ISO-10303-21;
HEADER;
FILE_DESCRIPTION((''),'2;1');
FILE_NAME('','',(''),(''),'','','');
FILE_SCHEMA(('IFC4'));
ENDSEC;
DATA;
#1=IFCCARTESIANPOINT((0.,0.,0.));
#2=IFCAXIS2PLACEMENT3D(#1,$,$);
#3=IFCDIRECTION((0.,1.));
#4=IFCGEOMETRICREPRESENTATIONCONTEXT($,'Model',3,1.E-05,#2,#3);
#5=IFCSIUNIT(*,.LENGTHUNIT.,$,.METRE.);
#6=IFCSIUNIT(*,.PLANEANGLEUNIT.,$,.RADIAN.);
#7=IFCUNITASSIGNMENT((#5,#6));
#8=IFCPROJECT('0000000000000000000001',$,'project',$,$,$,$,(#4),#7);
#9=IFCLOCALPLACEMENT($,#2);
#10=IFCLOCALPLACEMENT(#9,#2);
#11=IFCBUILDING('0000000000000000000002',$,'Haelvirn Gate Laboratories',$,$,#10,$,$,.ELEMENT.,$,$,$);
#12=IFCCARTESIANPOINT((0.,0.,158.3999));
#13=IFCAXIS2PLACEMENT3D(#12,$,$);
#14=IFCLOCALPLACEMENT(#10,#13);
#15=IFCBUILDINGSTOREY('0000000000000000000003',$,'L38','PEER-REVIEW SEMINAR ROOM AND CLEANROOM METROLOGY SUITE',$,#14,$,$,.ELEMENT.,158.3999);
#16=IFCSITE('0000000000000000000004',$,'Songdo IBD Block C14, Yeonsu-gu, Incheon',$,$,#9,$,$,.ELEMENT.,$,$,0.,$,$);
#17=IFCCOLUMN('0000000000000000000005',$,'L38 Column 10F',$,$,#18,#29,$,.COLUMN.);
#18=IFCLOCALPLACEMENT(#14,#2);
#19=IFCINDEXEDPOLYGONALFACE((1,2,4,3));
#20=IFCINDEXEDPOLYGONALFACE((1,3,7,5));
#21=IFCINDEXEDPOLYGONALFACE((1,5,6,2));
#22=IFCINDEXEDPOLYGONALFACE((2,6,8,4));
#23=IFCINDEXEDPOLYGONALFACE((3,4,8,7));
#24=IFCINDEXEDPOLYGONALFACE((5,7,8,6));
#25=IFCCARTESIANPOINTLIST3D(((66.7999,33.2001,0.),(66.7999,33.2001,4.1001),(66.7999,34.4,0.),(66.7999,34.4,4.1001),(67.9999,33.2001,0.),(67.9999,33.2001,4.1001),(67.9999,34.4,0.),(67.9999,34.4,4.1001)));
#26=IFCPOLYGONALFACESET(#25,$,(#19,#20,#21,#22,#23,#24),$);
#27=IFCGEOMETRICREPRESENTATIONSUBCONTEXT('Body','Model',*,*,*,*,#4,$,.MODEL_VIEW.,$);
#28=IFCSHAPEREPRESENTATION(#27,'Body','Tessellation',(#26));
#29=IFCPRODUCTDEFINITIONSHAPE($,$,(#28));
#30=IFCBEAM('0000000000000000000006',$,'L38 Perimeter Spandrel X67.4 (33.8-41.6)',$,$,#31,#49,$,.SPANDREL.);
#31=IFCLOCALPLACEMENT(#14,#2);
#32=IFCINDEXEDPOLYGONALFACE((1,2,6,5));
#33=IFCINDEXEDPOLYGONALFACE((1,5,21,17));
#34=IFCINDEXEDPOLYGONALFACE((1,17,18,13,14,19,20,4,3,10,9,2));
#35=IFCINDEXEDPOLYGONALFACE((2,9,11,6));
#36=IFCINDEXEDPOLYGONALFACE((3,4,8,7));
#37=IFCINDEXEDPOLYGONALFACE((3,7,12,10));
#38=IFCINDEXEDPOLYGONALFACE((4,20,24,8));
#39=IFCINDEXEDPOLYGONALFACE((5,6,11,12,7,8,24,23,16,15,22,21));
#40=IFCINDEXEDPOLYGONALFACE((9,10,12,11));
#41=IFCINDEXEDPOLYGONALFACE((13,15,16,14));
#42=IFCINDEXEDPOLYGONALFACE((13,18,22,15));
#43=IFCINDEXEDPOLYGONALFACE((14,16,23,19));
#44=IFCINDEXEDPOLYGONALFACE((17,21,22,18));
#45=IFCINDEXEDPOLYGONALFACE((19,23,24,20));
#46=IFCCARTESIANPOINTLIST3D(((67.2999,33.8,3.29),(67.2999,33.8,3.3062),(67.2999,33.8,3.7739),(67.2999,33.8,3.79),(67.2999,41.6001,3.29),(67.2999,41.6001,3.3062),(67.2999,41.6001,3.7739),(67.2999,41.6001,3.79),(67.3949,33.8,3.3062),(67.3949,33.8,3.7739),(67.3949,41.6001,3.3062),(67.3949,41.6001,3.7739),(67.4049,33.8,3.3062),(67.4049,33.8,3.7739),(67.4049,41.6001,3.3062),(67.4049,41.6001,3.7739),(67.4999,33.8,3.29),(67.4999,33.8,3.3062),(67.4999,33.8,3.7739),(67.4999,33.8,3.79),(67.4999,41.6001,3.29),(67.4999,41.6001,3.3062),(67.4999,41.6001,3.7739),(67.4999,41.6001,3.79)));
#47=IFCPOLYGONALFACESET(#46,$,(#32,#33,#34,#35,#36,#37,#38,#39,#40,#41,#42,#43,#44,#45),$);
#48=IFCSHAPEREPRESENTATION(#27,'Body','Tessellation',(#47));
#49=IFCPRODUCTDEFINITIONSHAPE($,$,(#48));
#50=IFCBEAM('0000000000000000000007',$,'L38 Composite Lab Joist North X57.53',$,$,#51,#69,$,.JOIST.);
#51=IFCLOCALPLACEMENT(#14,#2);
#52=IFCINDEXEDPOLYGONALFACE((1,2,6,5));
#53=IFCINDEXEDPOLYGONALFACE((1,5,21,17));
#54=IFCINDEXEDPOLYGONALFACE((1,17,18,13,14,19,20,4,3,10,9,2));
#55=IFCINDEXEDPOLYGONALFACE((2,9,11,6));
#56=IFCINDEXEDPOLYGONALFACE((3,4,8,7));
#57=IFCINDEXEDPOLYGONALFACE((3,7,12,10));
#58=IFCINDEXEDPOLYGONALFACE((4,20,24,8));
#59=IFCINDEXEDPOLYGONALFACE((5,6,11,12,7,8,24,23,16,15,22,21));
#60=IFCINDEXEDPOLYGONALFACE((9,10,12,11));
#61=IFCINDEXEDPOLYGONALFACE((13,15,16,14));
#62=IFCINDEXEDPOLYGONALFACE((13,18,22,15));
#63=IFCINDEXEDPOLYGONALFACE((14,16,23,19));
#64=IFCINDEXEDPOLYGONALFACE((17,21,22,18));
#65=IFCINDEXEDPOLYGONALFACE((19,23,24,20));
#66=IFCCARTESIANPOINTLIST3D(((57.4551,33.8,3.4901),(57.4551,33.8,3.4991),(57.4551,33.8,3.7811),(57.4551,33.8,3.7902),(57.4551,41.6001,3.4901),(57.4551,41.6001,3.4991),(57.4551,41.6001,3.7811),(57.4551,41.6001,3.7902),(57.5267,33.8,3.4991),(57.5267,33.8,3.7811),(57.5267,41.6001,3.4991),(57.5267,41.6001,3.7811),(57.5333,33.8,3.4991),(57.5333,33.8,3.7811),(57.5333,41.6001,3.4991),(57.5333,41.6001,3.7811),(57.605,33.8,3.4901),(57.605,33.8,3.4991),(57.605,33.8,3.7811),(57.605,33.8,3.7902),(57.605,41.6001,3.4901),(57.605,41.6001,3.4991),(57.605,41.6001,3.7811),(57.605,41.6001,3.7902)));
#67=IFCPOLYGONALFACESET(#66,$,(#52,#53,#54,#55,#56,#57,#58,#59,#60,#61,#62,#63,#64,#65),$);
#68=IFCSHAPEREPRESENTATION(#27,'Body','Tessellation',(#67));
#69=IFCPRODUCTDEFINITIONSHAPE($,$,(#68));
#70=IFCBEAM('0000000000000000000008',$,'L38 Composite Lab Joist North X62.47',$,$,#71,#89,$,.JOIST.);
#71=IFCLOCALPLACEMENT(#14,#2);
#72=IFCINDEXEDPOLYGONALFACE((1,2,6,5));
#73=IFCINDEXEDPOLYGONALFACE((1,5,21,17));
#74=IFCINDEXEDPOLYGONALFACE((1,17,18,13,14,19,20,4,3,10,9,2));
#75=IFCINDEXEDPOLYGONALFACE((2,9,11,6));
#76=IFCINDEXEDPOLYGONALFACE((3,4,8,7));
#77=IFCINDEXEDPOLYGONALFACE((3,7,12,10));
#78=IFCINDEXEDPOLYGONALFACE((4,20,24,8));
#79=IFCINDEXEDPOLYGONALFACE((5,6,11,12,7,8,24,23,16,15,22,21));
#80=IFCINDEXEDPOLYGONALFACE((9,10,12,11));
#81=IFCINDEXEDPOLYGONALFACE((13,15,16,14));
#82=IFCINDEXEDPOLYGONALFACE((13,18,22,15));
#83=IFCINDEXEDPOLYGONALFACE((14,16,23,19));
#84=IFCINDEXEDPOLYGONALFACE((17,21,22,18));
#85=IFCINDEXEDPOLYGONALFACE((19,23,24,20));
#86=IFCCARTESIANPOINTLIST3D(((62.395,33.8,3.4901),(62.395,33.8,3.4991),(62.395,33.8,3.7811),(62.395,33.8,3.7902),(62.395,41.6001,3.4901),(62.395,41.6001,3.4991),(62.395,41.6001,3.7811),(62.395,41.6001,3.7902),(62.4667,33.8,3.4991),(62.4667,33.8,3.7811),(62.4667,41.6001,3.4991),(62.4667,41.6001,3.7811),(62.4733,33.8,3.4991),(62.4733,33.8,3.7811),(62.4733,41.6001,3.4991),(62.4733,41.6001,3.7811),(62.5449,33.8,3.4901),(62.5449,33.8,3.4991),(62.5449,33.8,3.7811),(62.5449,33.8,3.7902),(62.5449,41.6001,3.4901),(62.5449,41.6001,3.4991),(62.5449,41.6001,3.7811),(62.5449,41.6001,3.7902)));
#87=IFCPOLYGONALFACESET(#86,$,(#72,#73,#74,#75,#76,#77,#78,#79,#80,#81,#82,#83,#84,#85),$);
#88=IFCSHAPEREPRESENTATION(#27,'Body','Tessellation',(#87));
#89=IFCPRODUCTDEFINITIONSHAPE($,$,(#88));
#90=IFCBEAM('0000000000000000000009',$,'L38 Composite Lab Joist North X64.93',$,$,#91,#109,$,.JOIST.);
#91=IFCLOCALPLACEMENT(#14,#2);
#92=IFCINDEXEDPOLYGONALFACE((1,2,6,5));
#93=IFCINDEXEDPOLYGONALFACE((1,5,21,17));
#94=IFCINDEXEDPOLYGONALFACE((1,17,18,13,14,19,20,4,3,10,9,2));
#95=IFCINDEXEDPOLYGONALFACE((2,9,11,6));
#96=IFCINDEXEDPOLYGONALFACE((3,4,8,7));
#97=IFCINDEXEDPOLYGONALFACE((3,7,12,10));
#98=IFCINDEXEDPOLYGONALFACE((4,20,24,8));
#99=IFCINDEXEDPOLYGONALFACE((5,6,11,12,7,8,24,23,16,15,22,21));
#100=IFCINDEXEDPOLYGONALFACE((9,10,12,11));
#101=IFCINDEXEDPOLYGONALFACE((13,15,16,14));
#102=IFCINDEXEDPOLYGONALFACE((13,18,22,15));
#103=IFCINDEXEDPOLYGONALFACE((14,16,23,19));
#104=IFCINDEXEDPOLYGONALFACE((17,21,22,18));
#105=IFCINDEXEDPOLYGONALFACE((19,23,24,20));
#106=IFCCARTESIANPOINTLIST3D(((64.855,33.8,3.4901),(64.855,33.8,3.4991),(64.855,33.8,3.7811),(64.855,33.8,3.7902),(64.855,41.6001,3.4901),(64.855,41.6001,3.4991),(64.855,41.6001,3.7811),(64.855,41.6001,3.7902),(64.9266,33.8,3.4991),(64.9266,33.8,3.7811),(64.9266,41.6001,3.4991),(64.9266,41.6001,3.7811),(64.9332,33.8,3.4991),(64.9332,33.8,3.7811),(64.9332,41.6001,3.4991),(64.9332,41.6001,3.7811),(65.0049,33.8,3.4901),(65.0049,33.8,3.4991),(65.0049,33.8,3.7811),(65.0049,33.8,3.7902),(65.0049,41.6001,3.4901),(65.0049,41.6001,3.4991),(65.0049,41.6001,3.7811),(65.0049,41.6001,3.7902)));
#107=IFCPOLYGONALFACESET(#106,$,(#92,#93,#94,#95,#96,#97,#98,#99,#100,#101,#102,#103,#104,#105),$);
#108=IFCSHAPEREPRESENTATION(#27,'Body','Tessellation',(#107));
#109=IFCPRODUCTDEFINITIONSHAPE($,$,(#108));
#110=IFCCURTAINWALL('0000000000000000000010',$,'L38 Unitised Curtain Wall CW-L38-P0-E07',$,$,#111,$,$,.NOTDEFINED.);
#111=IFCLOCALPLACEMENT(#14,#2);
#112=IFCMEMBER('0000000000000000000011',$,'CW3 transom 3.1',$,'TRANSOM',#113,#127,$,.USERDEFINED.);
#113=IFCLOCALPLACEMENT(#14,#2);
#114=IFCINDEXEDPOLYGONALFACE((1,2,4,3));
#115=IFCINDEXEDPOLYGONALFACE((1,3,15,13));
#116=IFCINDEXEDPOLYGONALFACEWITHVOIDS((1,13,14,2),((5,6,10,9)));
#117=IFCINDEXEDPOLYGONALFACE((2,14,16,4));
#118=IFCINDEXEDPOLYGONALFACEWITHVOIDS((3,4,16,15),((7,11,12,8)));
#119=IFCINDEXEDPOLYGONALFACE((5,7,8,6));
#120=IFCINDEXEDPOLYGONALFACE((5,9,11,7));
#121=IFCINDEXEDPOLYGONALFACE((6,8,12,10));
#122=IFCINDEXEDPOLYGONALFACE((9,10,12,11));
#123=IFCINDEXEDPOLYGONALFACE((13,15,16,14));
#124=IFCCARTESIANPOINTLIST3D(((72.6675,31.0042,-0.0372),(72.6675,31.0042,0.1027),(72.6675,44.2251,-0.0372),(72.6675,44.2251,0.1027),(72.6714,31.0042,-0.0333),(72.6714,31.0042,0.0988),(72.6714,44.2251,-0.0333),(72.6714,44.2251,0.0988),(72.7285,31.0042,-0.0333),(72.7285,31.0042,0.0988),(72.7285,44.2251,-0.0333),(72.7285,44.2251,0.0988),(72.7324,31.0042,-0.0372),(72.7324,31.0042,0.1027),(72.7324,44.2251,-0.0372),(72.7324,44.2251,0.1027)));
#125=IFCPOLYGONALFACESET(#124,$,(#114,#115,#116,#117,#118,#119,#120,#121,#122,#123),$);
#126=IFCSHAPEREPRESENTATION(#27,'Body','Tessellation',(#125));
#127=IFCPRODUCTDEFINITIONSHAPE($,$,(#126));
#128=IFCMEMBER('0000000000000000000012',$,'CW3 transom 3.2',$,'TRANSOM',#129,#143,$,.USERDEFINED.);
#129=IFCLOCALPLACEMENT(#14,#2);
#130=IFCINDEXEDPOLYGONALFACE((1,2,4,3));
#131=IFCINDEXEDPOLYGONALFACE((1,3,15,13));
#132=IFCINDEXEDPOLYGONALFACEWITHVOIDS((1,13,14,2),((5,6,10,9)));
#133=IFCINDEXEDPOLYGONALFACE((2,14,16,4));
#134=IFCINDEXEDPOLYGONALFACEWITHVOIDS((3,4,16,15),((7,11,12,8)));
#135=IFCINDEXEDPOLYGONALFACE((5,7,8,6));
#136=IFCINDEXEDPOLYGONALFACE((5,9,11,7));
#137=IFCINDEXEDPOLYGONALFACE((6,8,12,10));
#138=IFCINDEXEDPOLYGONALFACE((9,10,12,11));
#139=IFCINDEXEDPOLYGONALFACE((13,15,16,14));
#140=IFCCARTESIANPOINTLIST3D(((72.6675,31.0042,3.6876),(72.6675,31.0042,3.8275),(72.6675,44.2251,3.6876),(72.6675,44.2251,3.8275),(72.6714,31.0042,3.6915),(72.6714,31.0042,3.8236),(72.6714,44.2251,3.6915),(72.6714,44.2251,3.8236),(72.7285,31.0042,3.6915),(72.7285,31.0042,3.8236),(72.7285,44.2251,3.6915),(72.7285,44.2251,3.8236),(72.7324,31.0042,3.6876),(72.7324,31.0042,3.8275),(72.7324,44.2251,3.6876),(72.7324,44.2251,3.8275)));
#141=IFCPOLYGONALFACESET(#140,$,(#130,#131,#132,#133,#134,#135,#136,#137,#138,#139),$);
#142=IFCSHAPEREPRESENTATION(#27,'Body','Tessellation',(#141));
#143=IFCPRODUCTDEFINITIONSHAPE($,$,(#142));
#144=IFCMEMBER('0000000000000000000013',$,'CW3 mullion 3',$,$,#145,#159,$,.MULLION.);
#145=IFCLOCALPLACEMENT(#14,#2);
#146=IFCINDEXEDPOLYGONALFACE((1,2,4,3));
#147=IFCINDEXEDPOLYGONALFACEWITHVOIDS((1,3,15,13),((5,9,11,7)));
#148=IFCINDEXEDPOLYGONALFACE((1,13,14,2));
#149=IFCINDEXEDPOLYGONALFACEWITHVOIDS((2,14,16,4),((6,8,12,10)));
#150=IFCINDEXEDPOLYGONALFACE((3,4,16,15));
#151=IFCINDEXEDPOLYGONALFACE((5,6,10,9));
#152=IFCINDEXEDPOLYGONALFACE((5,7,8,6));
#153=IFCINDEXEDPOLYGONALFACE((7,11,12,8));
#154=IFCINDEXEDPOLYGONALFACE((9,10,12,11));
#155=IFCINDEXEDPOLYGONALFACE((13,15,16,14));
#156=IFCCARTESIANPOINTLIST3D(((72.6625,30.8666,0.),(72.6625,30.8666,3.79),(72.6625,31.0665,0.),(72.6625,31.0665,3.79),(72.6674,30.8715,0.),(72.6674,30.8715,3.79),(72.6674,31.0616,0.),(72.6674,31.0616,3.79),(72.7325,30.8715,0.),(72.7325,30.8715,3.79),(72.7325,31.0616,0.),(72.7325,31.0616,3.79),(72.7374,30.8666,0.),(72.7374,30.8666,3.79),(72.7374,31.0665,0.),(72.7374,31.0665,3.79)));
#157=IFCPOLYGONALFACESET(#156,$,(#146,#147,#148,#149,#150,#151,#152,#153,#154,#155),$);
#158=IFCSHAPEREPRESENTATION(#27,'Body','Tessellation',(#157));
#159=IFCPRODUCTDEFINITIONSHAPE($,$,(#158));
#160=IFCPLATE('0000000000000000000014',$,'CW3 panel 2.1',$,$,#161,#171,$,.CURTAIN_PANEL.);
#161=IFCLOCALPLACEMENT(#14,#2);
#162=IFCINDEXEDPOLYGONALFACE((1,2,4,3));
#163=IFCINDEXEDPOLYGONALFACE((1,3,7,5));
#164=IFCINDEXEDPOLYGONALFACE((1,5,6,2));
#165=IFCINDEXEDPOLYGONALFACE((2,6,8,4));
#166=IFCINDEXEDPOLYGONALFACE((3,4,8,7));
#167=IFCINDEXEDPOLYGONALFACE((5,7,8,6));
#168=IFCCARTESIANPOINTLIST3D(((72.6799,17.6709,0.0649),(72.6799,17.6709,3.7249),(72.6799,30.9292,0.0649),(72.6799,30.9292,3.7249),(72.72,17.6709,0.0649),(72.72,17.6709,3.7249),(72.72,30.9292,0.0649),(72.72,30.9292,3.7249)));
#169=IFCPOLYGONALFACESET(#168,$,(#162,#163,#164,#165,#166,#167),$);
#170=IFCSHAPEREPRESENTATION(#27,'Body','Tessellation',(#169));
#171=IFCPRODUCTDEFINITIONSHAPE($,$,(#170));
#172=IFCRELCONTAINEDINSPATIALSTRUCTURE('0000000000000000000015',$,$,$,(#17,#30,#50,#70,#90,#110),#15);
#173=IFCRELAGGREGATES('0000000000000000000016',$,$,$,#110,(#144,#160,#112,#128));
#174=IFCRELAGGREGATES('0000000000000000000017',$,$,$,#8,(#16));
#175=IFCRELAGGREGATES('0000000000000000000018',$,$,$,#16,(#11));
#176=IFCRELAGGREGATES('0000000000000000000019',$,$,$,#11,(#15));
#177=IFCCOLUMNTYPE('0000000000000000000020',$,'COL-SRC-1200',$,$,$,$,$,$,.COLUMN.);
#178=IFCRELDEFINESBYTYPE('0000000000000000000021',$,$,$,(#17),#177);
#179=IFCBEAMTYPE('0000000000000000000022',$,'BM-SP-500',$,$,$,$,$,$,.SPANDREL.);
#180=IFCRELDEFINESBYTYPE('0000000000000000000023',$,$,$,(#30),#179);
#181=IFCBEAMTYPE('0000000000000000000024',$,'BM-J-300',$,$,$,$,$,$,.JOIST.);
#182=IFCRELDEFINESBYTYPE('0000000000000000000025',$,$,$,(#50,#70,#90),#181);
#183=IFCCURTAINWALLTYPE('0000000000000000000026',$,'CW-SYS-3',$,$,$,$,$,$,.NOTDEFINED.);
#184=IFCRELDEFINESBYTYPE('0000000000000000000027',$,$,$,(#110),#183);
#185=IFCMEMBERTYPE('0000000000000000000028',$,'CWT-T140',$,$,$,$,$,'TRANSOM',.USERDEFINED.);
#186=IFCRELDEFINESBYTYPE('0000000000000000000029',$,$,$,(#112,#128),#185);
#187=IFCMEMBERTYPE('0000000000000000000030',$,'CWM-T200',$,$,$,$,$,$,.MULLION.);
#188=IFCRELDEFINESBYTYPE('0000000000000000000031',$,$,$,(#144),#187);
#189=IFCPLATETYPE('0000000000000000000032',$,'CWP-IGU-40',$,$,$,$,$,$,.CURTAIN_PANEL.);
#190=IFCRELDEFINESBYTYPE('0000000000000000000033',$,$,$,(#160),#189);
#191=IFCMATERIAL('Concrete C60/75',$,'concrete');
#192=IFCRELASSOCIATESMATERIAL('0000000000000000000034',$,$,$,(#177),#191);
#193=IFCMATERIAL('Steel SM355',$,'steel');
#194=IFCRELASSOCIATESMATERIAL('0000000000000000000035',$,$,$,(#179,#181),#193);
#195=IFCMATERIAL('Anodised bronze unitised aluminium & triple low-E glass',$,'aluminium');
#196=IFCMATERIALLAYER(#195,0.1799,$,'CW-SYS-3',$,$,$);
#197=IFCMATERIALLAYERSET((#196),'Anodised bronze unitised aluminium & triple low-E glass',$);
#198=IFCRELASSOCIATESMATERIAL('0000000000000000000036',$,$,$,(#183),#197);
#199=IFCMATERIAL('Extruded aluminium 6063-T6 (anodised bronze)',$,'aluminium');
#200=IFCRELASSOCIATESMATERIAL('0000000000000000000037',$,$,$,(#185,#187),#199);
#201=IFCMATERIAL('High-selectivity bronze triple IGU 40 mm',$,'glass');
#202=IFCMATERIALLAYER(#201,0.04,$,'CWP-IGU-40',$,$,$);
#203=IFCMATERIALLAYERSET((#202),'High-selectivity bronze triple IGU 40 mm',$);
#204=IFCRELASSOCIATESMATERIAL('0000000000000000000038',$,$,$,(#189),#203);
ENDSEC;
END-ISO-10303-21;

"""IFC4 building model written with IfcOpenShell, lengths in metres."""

from ifc_helpers import new_model, si_unit, direction, frame, origin, origin_2d, place, context, subcontext, project, spatial, rectangle, hollow_rectangle, i_section, extrude, source, transform, mapped, material, layer, layer_set, material_profile, profile_set, type_object, type_shapes, element, aggregate, save


model = new_model("IFC4")

# Units and contexts
model_context = context("Model", 3, precision=1e-05, world=origin(), true_north=direction((0.0, 1.0)))
body_context = subcontext(model_context, "Body", "Model", "MODEL_VIEW")
ifc_project = project(units=[si_unit("LENGTHUNIT", "METRE"), si_unit("PLANEANGLEUNIT", "RADIAN")], contexts=[model_context])

# Site, building, storey
site_placement = place(None, origin())
site = spatial("IfcSite", under=ifc_project, at=site_placement, Name="Songdo IBD Block C14, Yeonsu-gu, Incheon", CompositionType="ELEMENT", RefElevation=0.0)
building_placement = place(site_placement, origin())
building = spatial("IfcBuilding", under=site, at=building_placement, Name="Haelvirn Gate Laboratories", CompositionType="ELEMENT")
storey_placement = place(building_placement, frame((0.0, 0.0, 158.3999)))
storey = spatial("IfcBuildingStorey", under=building, at=storey_placement, Name="L38", Description="PEER-REVIEW SEMINAR ROOM AND CLEANROOM METROLOGY SUITE", CompositionType="ELEMENT", Elevation=158.3999)

# Column
ifc_material_1 = material(Name="Concrete C60/75", Category="concrete")
ifc_material_profile_1 = material_profile(ifc_material_1, rectangle(XDim=1.2, YDim=1.2, at=origin_2d()), Name="SRC-1200x1200")
ifc_profile_set_1 = profile_set([ifc_material_profile_1], Name="Concrete C60/75")
column_type = type_object("IfcColumnType", Name="COL-SRC-1200", PredefinedType="COLUMN", material=ifc_profile_set_1)
shared_shape_1 = source(origin(), body_context, "Body", "SweptSolid", [
    extrude(rectangle(XDim=1.2, YDim=1.2, at=origin_2d()), origin(), (0.0, 0.0, 1.0), 4.1001),
])
type_shapes(column_type, [shared_shape_1])
column_placement = place(storey_placement, frame((67.3999, 33.8, 0.0), z_axis=(0.0, 0.0, 1.0), x_axis=(1.0, 0.0, 0.0)))
element("IfcColumn", 1, at=column_placement, inside=storey, type_object=column_type, Name="L38 Column 10F", PredefinedType="COLUMN", context=body_context, shape_type="MappedRepresentation", body=[
    mapped(shared_shape_1, transform((0.0, 0.0, 0.0), scale=1.0)),
])

# Beams
ifc_material_2 = material(Name="Steel SM355", Category="steel")
ifc_material_profile_2 = material_profile(ifc_material_2, i_section(OverallWidth=0.2, OverallDepth=0.5, WebThickness=0.01, FlangeThickness=0.0161, at=origin_2d()), Name="H-500x200x10x16")
ifc_profile_set_2 = profile_set([ifc_material_profile_2], Name="Steel SM355")
beam_type_1 = type_object("IfcBeamType", Name="BM-SP-500", PredefinedType="SPANDREL", material=ifc_profile_set_2)
shared_shape_2 = source(origin(), body_context, "Body", "SweptSolid", [
    extrude(i_section(OverallWidth=0.2, OverallDepth=0.5, WebThickness=0.01, FlangeThickness=0.0161, at=origin_2d()), origin(), (0.0, 0.0, 1.0), 7.8),
])
type_shapes(beam_type_1, [shared_shape_2])
beam_placement = place(storey_placement, frame((67.3999, 33.8, 3.54), z_axis=(0.0, 1.0, 0.0), x_axis=(-1.0, 0.0, 0.0)))
element("IfcBeam", 2, at=beam_placement, inside=storey, type_object=beam_type_1, Name="L38 Perimeter Spandrel X67.4 (33.8-41.6)", PredefinedType="SPANDREL", context=body_context, shape_type="MappedRepresentation", body=[
    mapped(shared_shape_2, transform((0.0, 0.0, 0.0), scale=1.0)),
])
ifc_material_profile_3 = material_profile(ifc_material_2, i_section(OverallWidth=0.1499, OverallDepth=0.3, WebThickness=0.0066, FlangeThickness=0.009, at=origin_2d()), Name="H-300x150x6.5x9")
ifc_profile_set_3 = profile_set([ifc_material_profile_3], Name="Steel SM355")
beam_type_2 = type_object("IfcBeamType", Name="BM-J-300", PredefinedType="JOIST", material=ifc_profile_set_3)
shared_shape_3 = source(origin(), body_context, "Body", "SweptSolid", [
    extrude(i_section(OverallWidth=0.1499, OverallDepth=0.3, WebThickness=0.0066, FlangeThickness=0.009, at=origin_2d()), origin(), (0.0, 0.0, 1.0), 7.8),
])
type_shapes(beam_type_2, [shared_shape_3])
for number, where, z_axis, x_axis, name in (
    (3, (57.53, 33.8, 3.6401), (0.0, 1.0, 0.0), (-1.0, 0.0, 0.0), "L38 Composite Lab Joist North X57.53"),
    (4, (62.47, 33.8, 3.6401), (0.0, 1.0, 0.0), (-1.0, 0.0, 0.0), "L38 Composite Lab Joist North X62.47"),
    (5, (64.9299, 33.8, 3.6401), (0.0, 1.0, 0.0), (-1.0, 0.0, 0.0), "L38 Composite Lab Joist North X64.93"),
):
    element("IfcBeam", number, at=place(storey_placement, frame(where, z_axis=z_axis, x_axis=x_axis)), inside=storey, type_object=beam_type_2, Name=name, PredefinedType="JOIST", context=body_context, shape_type="MappedRepresentation", body=[
        mapped(shared_shape_3, transform((0.0, 0.0, 0.0), scale=1.0)),
    ])

# Curtain wall, members, plate
ifc_material_3 = material(Name="Anodised bronze unitised aluminium & triple low-E glass", Category="aluminium")
ifc_layer_1 = layer(ifc_material_3, 0.1799, Name="CW-SYS-3")
ifc_layer_set_1 = layer_set([ifc_layer_1], Name="Anodised bronze unitised aluminium & triple low-E glass")
curtain_wall_type = type_object("IfcCurtainWallType", Name="CW-SYS-3", PredefinedType="NOTDEFINED", material=ifc_layer_set_1)
curtain_wall_placement = place(storey_placement, origin())
curtain_wall = element("IfcCurtainWall", 6, at=curtain_wall_placement, inside=storey, type_object=curtain_wall_type, Name="L38 Unitised Curtain Wall CW-L38-P0-E07", PredefinedType="NOTDEFINED")
ifc_material_4 = material(Name="Extruded aluminium 6063-T6 (anodised bronze)", Category="aluminium")
ifc_material_profile_4 = material_profile(ifc_material_4, hollow_rectangle(XDim=0.0649, YDim=0.1399, WallThickness=0.0039, at=origin_2d()), Name="CWT-140x65x4")
ifc_profile_set_4 = profile_set([ifc_material_profile_4], Name="Extruded aluminium 6063-T6 (anodised bronze)")
member_type_1 = type_object("IfcMemberType", Name="CWT-T140", ElementType="TRANSOM", PredefinedType="USERDEFINED", material=ifc_profile_set_4)
shared_shape_4 = source(origin(), body_context, "Body", "SweptSolid", [
    extrude(hollow_rectangle(XDim=0.0649, YDim=0.1399, WallThickness=0.0039, at=origin_2d()), origin(), (0.0, 0.0, 1.0), 13.2209),
])
type_shapes(member_type_1, [shared_shape_4])
member_1_placement = place(storey_placement, frame((72.7, 31.0042, 0.0327), z_axis=(0.0, 1.0, 0.0), x_axis=(-1.0, 0.0, 0.0)))
member_1 = element("IfcMember", 7, at=member_1_placement, type_object=member_type_1, Name="CW3 transom 3.1", ObjectType="TRANSOM", PredefinedType="USERDEFINED", context=body_context, shape_type="MappedRepresentation", body=[
    mapped(shared_shape_4, transform((0.0, 0.0, 0.0), scale=1.0)),
])
member_2_placement = place(storey_placement, frame((72.7, 31.0042, 3.7576), z_axis=(0.0, 1.0, 0.0), x_axis=(-1.0, 0.0, 0.0)))
member_2 = element("IfcMember", 8, at=member_2_placement, type_object=member_type_1, Name="CW3 transom 3.2", ObjectType="TRANSOM", PredefinedType="USERDEFINED", context=body_context, shape_type="MappedRepresentation", body=[
    mapped(shared_shape_4, transform((0.0, 0.0, 0.0), scale=1.0)),
])
ifc_material_profile_5 = material_profile(ifc_material_4, hollow_rectangle(XDim=0.075, YDim=0.2, WallThickness=0.0049, at=origin_2d()), Name="CWM-200x75x5")
ifc_profile_set_5 = profile_set([ifc_material_profile_5], Name="Extruded aluminium 6063-T6 (anodised bronze)")
member_type_2 = type_object("IfcMemberType", Name="CWM-T200", PredefinedType="MULLION", material=ifc_profile_set_5)
shared_shape_5 = source(origin(), body_context, "Body", "SweptSolid", [
    extrude(hollow_rectangle(XDim=0.075, YDim=0.2, WallThickness=0.0049, at=origin_2d()), origin(), (0.0, 0.0, 1.0), 3.79),
])
type_shapes(member_type_2, [shared_shape_5])
member_3_placement = place(storey_placement, frame((72.7, 30.9666, 0.0), z_axis=(0.0, 0.0, 1.0), x_axis=(-1.0, 0.0, 0.0)))
member_3 = element("IfcMember", 9, at=member_3_placement, type_object=member_type_2, Name="CW3 mullion 3", PredefinedType="MULLION", context=body_context, shape_type="MappedRepresentation", body=[
    mapped(shared_shape_5, transform((0.0, 0.0, 0.0), scale=1.0)),
])
ifc_material_5 = material(Name="High-selectivity bronze triple IGU 40 mm", Category="glass")
ifc_layer_2 = layer(ifc_material_5, 0.04, Name="CWP-IGU-40")
ifc_layer_set_2 = layer_set([ifc_layer_2], Name="High-selectivity bronze triple IGU 40 mm")
plate_type = type_object("IfcPlateType", Name="CWP-IGU-40", PredefinedType="CURTAIN_PANEL", material=ifc_layer_set_2)
shared_shape_6 = source(origin(), body_context, "Body", "SweptSolid", [
    extrude(rectangle(XDim=13.2583, YDim=0.04, at=origin_2d()), origin(), (0.0, 0.0, 1.0), 3.6599),
])
type_shapes(plate_type, [shared_shape_6])
plate_placement = place(storey_placement, frame((72.7, 24.3, 0.0649), z_axis=(0.0, 0.0, 1.0), x_axis=(0.0, 1.0, 0.0)))
plate = element("IfcPlate", 10, at=plate_placement, type_object=plate_type, Name="CW3 panel 2.1", PredefinedType="CURTAIN_PANEL", context=body_context, shape_type="MappedRepresentation", body=[
    mapped(shared_shape_6, transform((0.0, 0.0, 0.0), scale=1.0)),
])
aggregate(curtain_wall, [member_3, plate, member_1, member_2])

save(model, "model.ifc")
